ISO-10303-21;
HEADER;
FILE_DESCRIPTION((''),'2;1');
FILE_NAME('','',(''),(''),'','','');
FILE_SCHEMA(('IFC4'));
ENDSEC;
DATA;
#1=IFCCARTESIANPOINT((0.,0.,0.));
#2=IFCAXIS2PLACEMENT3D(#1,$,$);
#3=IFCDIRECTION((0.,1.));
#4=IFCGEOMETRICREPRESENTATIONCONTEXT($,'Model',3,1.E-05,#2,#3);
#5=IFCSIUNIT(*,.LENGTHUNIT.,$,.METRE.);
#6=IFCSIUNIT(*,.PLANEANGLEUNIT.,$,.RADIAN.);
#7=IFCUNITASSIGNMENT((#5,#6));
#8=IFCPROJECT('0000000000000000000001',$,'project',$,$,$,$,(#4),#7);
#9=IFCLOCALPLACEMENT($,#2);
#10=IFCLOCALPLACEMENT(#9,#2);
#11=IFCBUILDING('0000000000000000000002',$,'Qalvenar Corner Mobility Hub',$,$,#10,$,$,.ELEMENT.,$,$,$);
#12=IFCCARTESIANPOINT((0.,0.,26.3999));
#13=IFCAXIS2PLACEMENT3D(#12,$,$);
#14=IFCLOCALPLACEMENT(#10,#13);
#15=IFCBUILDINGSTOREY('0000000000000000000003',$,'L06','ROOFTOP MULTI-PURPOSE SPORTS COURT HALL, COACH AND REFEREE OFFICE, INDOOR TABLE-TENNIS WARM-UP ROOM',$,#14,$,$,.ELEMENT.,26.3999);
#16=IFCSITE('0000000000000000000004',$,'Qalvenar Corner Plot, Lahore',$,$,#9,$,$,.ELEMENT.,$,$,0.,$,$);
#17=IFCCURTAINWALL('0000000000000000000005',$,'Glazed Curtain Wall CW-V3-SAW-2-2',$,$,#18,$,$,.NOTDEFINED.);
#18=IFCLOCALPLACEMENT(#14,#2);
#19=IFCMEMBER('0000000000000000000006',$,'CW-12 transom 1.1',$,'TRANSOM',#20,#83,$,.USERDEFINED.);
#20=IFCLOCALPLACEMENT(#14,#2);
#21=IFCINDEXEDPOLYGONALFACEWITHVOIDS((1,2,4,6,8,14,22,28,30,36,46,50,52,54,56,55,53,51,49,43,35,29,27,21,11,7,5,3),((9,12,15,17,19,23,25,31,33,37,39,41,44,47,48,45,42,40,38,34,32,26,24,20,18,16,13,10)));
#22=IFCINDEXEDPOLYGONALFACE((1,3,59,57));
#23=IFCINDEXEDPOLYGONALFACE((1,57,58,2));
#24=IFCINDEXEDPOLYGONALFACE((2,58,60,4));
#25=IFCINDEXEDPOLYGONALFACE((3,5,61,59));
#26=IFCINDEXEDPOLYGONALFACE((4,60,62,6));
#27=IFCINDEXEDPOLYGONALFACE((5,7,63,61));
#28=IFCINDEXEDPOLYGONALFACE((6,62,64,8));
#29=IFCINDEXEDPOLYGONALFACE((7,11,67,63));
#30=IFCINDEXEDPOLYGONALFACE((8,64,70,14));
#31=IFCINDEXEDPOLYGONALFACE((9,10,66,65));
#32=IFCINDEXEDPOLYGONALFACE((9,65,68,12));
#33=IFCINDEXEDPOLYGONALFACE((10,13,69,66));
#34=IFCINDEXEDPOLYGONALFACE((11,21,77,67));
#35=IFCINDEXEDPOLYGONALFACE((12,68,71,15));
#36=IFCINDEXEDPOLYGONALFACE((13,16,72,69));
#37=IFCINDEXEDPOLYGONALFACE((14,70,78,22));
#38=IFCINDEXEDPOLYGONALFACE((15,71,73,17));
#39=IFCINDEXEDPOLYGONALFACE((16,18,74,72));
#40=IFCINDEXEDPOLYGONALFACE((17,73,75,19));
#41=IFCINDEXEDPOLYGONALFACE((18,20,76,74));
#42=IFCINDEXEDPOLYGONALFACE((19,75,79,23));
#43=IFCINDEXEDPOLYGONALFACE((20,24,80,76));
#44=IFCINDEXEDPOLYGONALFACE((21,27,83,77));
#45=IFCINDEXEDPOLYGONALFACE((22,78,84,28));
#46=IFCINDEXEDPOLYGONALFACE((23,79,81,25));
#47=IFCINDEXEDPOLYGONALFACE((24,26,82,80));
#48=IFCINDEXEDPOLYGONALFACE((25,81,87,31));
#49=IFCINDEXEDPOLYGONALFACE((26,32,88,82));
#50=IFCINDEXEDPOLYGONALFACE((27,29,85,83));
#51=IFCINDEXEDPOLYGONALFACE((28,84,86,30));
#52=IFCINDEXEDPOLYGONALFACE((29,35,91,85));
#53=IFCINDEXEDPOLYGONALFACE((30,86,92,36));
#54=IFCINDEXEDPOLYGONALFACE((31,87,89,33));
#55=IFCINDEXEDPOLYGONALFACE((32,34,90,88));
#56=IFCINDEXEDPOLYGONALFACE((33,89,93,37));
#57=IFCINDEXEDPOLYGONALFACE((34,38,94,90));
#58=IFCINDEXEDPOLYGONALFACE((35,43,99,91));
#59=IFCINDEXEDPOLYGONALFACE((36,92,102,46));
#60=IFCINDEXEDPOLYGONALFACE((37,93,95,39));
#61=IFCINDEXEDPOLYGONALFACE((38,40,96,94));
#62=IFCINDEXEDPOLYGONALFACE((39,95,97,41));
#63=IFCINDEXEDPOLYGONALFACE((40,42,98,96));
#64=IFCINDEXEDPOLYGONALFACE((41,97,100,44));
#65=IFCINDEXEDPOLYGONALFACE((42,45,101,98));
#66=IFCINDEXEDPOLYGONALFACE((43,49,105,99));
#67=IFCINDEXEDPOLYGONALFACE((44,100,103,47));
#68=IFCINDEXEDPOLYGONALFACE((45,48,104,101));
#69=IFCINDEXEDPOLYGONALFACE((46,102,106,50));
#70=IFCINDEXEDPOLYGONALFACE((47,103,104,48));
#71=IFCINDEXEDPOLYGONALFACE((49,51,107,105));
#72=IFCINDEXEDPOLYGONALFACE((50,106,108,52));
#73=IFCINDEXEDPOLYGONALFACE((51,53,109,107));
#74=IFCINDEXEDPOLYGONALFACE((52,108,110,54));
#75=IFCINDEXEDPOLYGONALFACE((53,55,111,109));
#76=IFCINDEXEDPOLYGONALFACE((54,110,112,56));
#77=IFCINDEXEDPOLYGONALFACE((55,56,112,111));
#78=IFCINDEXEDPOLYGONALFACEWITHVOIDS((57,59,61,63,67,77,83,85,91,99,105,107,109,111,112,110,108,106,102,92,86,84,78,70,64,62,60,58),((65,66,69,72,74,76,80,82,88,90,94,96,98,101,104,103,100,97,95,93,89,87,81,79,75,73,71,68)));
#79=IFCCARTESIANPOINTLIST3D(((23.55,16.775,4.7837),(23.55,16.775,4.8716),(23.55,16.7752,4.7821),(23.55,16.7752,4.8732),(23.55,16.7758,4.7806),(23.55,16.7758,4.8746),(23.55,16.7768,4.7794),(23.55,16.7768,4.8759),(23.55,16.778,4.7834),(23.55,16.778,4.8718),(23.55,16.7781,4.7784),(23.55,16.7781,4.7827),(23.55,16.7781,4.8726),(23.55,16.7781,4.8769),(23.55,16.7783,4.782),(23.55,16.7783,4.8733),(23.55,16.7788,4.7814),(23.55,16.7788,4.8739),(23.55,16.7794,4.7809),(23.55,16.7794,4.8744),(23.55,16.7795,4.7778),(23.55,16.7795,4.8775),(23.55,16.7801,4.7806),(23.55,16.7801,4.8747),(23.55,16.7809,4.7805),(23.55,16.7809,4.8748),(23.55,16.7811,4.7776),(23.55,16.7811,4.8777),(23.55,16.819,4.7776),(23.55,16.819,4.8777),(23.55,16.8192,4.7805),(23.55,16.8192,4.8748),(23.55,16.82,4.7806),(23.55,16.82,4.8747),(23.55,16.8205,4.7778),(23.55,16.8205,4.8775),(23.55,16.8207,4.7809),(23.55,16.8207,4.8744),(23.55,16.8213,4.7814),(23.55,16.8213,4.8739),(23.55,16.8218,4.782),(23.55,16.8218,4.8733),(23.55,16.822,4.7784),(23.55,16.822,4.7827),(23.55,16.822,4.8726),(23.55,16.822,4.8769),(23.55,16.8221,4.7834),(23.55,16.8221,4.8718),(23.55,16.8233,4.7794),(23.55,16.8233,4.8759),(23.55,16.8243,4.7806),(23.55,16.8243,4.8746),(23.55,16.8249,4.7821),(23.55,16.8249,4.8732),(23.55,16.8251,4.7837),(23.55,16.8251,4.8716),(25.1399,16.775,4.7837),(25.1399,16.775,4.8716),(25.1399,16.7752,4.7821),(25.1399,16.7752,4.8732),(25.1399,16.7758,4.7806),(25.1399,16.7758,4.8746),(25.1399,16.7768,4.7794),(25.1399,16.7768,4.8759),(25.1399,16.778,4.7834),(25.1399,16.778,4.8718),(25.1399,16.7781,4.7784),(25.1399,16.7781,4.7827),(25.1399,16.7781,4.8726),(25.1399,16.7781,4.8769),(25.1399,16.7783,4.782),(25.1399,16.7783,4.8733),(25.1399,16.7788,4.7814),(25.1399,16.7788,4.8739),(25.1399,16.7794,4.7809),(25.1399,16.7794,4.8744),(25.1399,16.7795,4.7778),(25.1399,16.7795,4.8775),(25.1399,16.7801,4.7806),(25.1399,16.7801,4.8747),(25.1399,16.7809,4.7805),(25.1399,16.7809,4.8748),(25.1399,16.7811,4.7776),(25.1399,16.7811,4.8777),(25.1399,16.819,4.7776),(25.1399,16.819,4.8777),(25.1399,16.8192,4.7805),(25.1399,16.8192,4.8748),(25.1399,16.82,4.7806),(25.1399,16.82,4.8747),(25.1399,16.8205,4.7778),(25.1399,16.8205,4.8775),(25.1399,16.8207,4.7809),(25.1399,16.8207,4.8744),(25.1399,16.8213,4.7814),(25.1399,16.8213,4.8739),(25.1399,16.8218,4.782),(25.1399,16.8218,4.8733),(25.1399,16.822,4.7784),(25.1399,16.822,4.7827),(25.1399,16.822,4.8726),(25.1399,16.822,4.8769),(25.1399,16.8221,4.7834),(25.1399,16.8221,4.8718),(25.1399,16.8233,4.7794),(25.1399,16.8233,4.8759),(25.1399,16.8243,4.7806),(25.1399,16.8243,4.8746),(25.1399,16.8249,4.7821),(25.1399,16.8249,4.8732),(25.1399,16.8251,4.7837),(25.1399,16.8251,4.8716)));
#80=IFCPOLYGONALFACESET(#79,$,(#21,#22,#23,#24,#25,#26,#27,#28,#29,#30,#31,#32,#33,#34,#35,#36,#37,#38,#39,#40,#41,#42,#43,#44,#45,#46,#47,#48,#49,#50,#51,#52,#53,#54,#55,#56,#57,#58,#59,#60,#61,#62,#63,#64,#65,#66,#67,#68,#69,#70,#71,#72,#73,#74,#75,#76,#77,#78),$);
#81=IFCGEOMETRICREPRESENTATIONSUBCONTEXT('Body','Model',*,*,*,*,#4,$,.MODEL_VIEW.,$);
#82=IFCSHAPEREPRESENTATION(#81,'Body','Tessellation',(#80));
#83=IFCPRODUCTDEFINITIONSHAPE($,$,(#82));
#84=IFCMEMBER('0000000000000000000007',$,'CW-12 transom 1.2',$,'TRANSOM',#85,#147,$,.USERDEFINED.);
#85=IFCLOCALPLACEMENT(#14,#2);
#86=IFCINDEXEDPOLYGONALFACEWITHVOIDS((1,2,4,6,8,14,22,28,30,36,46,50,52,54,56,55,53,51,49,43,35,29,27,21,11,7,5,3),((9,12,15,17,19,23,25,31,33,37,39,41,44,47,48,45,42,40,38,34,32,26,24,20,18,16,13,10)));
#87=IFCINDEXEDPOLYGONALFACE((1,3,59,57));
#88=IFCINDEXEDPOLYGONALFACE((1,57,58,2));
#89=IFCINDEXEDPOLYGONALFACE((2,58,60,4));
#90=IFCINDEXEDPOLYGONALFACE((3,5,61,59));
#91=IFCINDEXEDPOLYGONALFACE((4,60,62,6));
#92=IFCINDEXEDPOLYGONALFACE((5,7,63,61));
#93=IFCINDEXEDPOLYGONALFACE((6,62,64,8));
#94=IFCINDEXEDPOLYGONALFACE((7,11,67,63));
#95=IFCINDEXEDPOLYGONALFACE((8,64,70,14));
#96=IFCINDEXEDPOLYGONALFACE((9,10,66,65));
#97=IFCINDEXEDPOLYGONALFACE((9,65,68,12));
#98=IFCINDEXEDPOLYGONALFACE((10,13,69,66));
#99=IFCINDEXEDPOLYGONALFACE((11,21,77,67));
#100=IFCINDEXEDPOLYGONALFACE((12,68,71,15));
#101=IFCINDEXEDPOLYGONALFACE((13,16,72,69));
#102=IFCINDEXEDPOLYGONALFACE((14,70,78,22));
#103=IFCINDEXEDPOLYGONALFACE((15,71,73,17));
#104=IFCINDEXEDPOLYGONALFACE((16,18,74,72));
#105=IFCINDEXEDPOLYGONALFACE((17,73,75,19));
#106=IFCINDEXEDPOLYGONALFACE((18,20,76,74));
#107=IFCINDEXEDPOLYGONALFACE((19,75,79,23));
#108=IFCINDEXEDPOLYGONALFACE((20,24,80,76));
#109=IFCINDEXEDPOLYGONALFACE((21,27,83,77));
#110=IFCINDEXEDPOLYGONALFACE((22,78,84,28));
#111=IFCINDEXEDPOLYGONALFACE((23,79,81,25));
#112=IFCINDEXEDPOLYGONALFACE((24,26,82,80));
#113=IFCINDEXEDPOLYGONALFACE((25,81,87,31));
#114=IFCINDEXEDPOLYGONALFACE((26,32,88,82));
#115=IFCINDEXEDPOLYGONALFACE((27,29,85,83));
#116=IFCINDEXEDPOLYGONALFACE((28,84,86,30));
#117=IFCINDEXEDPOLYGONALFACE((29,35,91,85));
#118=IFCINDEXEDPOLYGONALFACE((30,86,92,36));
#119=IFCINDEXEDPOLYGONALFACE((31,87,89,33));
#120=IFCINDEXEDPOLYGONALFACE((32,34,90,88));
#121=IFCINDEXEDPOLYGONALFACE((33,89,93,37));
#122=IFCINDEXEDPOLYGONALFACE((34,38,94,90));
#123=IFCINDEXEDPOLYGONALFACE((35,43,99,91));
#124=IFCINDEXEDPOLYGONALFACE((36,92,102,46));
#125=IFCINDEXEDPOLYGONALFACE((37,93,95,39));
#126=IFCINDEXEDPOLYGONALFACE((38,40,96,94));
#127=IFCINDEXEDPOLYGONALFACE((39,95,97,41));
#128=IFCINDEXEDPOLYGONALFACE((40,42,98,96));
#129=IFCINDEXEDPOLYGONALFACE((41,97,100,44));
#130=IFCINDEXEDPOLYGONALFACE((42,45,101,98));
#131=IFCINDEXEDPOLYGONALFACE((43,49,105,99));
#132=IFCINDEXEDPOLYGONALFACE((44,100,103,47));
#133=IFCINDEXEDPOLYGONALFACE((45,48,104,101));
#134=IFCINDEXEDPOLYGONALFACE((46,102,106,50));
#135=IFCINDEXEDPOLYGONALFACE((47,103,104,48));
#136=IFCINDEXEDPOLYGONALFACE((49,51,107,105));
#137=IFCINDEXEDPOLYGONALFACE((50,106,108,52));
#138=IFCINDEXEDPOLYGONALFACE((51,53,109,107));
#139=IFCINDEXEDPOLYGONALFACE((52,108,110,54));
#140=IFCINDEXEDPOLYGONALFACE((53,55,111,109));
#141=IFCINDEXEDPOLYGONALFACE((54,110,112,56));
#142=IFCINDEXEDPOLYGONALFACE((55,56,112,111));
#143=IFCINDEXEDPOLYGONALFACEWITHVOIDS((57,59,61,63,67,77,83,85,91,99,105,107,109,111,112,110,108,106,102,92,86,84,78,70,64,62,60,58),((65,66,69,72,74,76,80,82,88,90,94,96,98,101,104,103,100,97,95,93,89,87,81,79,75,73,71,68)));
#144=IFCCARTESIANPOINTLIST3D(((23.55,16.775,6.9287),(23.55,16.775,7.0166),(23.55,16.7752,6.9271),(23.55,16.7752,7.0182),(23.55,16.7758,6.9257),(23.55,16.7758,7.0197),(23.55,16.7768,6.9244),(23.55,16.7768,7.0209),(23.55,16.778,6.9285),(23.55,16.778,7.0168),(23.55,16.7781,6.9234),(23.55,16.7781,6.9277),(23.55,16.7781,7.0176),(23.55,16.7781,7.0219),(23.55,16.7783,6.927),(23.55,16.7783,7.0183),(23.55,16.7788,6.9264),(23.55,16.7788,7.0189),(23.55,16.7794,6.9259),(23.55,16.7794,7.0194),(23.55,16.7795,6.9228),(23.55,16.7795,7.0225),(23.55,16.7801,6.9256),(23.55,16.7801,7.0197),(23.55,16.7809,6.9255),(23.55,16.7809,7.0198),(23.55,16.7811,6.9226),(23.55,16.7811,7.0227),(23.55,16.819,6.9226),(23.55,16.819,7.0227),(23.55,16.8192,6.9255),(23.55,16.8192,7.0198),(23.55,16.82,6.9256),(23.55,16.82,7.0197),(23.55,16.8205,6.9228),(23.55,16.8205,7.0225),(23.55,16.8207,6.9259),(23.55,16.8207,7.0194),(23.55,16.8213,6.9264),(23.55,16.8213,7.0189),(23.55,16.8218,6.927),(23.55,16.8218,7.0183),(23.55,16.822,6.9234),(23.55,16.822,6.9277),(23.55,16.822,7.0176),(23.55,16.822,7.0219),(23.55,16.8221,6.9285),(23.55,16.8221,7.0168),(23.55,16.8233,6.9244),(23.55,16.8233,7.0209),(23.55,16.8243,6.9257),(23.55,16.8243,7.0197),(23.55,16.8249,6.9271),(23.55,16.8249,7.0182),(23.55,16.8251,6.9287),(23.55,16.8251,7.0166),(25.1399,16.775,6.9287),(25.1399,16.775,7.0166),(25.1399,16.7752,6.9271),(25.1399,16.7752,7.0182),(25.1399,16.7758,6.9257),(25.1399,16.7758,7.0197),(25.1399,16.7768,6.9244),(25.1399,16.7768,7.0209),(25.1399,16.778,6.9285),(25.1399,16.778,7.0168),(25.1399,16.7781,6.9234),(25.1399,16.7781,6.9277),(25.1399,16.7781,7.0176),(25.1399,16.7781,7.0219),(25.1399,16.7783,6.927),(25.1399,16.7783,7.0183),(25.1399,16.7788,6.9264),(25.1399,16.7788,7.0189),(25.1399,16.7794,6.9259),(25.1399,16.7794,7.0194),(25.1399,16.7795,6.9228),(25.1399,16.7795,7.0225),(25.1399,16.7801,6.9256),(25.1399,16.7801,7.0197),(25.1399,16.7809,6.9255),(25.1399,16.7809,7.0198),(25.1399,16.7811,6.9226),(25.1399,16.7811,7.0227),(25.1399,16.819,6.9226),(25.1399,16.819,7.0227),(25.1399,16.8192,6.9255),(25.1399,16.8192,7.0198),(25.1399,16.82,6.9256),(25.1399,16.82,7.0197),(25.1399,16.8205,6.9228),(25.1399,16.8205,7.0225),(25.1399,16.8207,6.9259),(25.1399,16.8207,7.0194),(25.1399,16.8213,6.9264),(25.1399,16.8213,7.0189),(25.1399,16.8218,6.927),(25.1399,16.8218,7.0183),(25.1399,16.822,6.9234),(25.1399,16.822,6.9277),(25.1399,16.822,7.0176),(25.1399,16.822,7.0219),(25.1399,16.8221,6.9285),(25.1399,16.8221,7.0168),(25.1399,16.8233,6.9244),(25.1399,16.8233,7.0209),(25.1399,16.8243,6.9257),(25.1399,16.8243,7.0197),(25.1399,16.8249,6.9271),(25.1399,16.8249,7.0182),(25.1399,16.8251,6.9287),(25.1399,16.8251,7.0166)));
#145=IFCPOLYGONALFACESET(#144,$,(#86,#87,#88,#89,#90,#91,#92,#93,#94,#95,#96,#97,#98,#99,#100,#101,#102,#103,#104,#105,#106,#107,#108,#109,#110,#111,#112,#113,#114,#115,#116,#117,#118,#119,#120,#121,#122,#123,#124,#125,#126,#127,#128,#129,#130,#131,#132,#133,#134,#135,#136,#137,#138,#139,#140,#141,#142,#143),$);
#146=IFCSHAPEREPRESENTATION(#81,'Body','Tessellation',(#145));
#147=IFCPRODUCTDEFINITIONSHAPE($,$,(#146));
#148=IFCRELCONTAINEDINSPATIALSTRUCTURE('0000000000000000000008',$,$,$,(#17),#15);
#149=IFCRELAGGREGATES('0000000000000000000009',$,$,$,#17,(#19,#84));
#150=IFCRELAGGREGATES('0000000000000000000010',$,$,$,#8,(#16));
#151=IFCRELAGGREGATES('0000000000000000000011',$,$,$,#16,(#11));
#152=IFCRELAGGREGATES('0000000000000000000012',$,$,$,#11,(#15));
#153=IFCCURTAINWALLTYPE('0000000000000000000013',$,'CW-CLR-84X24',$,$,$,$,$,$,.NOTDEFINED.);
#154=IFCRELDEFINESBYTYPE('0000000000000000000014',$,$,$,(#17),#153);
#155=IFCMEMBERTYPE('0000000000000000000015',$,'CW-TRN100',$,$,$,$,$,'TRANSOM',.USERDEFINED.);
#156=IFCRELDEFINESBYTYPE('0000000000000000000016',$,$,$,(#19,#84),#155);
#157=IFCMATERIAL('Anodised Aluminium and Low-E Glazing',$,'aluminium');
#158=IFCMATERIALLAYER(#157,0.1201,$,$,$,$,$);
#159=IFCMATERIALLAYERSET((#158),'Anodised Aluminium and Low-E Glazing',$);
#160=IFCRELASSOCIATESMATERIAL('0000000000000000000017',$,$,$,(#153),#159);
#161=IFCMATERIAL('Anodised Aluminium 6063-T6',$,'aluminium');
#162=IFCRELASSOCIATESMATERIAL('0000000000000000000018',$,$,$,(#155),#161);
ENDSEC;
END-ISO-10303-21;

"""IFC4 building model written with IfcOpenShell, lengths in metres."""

from ifc_helpers import new_model, si_unit, direction, frame, origin, origin_2d, place, context, subcontext, project, spatial, hollow_rectangle, extrude, material, layer, layer_set, material_profile, profile_set, type_object, element, aggregate, save


model = new_model("IFC4")

# Units and contexts
model_context = context("Model", 3, precision=1e-05, world=origin(), true_north=direction((0.0, 1.0)))
body_context = subcontext(model_context, "Body", "Model", "MODEL_VIEW")
ifc_project = project(units=[si_unit("LENGTHUNIT", "METRE"), si_unit("PLANEANGLEUNIT", "RADIAN")], contexts=[model_context])

# Site, building, storey
site_placement = place(None, origin())
site = spatial("IfcSite", under=ifc_project, at=site_placement, Name="Qalvenar Corner Plot, Lahore", CompositionType="ELEMENT", RefElevation=0.0)
building_placement = place(site_placement, origin())
building = spatial("IfcBuilding", under=site, at=building_placement, Name="Qalvenar Corner Mobility Hub", CompositionType="ELEMENT")
storey_placement = place(building_placement, frame((0.0, 0.0, 26.3999)))
storey = spatial("IfcBuildingStorey", under=building, at=storey_placement, Name="L06", Description="ROOFTOP MULTI-PURPOSE SPORTS COURT HALL, COACH AND REFEREE OFFICE, INDOOR TABLE-TENNIS WARM-UP ROOM", CompositionType="ELEMENT", Elevation=26.3999)

# Curtain wall
ifc_material_1 = material(Name="Anodised Aluminium and Low-E Glazing", Category="aluminium")
ifc_layer_1 = layer(ifc_material_1, 0.1201)
ifc_layer_set_1 = layer_set([ifc_layer_1], Name="Anodised Aluminium and Low-E Glazing")
curtain_wall_type = type_object("IfcCurtainWallType", Name="CW-CLR-84X24", PredefinedType="NOTDEFINED", material=ifc_layer_set_1)
curtain_wall_1_placement = place(storey_placement, origin())
curtain_wall_1 = element("IfcCurtainWall", 1, at=curtain_wall_1_placement, inside=storey, type_object=curtain_wall_type, Name="Glazed Curtain Wall CW-V3-SAW-2-2", PredefinedType="NOTDEFINED")
ifc_material_2 = material(Name="Anodised Aluminium 6063-T6", Category="aluminium")

# Shared definitions
ifc_material_profile_1 = material_profile(ifc_material_2, hollow_rectangle(XDim=0.05, YDim=0.1001, WallThickness=0.0029, InnerFilletRadius=0.0029, OuterFilletRadius=0.0061, at=origin_2d()), Name="RHS100x50x3")
ifc_profile_set_1 = profile_set([ifc_material_profile_1], Name="Anodised Aluminium 6063-T6")
member_type_1 = type_object("IfcMemberType", Name="CW-TRN100", ElementType="TRANSOM", PredefinedType="USERDEFINED", material=ifc_profile_set_1)

# Members
member_1_placement = place(storey_placement, frame((25.1399, 16.8, 4.8276), z_axis=(-1.0, 0.0, 0.0), x_axis=(0.0, -1.0, 0.0)))
member_1 = element("IfcMember", 2, at=member_1_placement, type_object=member_type_1, Name="CW-12 transom 1.1", ObjectType="TRANSOM", PredefinedType="USERDEFINED", context=body_context, shape_type="SweptSolid", body=[
    extrude(hollow_rectangle(XDim=0.05, YDim=0.1001, WallThickness=0.0029, InnerFilletRadius=0.0029, OuterFilletRadius=0.0061, at=origin_2d()), origin(), (0.0, 0.0, 1.0), 1.5898),
])
member_2_placement = place(storey_placement, frame((25.1399, 16.8, 6.9727), z_axis=(-1.0, 0.0, 0.0), x_axis=(0.0, -1.0, 0.0)))
member_2 = element("IfcMember", 3, at=member_2_placement, type_object=member_type_1, Name="CW-12 transom 1.2", ObjectType="TRANSOM", PredefinedType="USERDEFINED", context=body_context, shape_type="SweptSolid", body=[
    extrude(hollow_rectangle(XDim=0.05, YDim=0.1001, WallThickness=0.0029, InnerFilletRadius=0.0029, OuterFilletRadius=0.0061, at=origin_2d()), origin(), (0.0, 0.0, 1.0), 1.5898),
])

aggregate(curtain_wall_1, [member_1, member_2])

save(model, "model.ifc")
